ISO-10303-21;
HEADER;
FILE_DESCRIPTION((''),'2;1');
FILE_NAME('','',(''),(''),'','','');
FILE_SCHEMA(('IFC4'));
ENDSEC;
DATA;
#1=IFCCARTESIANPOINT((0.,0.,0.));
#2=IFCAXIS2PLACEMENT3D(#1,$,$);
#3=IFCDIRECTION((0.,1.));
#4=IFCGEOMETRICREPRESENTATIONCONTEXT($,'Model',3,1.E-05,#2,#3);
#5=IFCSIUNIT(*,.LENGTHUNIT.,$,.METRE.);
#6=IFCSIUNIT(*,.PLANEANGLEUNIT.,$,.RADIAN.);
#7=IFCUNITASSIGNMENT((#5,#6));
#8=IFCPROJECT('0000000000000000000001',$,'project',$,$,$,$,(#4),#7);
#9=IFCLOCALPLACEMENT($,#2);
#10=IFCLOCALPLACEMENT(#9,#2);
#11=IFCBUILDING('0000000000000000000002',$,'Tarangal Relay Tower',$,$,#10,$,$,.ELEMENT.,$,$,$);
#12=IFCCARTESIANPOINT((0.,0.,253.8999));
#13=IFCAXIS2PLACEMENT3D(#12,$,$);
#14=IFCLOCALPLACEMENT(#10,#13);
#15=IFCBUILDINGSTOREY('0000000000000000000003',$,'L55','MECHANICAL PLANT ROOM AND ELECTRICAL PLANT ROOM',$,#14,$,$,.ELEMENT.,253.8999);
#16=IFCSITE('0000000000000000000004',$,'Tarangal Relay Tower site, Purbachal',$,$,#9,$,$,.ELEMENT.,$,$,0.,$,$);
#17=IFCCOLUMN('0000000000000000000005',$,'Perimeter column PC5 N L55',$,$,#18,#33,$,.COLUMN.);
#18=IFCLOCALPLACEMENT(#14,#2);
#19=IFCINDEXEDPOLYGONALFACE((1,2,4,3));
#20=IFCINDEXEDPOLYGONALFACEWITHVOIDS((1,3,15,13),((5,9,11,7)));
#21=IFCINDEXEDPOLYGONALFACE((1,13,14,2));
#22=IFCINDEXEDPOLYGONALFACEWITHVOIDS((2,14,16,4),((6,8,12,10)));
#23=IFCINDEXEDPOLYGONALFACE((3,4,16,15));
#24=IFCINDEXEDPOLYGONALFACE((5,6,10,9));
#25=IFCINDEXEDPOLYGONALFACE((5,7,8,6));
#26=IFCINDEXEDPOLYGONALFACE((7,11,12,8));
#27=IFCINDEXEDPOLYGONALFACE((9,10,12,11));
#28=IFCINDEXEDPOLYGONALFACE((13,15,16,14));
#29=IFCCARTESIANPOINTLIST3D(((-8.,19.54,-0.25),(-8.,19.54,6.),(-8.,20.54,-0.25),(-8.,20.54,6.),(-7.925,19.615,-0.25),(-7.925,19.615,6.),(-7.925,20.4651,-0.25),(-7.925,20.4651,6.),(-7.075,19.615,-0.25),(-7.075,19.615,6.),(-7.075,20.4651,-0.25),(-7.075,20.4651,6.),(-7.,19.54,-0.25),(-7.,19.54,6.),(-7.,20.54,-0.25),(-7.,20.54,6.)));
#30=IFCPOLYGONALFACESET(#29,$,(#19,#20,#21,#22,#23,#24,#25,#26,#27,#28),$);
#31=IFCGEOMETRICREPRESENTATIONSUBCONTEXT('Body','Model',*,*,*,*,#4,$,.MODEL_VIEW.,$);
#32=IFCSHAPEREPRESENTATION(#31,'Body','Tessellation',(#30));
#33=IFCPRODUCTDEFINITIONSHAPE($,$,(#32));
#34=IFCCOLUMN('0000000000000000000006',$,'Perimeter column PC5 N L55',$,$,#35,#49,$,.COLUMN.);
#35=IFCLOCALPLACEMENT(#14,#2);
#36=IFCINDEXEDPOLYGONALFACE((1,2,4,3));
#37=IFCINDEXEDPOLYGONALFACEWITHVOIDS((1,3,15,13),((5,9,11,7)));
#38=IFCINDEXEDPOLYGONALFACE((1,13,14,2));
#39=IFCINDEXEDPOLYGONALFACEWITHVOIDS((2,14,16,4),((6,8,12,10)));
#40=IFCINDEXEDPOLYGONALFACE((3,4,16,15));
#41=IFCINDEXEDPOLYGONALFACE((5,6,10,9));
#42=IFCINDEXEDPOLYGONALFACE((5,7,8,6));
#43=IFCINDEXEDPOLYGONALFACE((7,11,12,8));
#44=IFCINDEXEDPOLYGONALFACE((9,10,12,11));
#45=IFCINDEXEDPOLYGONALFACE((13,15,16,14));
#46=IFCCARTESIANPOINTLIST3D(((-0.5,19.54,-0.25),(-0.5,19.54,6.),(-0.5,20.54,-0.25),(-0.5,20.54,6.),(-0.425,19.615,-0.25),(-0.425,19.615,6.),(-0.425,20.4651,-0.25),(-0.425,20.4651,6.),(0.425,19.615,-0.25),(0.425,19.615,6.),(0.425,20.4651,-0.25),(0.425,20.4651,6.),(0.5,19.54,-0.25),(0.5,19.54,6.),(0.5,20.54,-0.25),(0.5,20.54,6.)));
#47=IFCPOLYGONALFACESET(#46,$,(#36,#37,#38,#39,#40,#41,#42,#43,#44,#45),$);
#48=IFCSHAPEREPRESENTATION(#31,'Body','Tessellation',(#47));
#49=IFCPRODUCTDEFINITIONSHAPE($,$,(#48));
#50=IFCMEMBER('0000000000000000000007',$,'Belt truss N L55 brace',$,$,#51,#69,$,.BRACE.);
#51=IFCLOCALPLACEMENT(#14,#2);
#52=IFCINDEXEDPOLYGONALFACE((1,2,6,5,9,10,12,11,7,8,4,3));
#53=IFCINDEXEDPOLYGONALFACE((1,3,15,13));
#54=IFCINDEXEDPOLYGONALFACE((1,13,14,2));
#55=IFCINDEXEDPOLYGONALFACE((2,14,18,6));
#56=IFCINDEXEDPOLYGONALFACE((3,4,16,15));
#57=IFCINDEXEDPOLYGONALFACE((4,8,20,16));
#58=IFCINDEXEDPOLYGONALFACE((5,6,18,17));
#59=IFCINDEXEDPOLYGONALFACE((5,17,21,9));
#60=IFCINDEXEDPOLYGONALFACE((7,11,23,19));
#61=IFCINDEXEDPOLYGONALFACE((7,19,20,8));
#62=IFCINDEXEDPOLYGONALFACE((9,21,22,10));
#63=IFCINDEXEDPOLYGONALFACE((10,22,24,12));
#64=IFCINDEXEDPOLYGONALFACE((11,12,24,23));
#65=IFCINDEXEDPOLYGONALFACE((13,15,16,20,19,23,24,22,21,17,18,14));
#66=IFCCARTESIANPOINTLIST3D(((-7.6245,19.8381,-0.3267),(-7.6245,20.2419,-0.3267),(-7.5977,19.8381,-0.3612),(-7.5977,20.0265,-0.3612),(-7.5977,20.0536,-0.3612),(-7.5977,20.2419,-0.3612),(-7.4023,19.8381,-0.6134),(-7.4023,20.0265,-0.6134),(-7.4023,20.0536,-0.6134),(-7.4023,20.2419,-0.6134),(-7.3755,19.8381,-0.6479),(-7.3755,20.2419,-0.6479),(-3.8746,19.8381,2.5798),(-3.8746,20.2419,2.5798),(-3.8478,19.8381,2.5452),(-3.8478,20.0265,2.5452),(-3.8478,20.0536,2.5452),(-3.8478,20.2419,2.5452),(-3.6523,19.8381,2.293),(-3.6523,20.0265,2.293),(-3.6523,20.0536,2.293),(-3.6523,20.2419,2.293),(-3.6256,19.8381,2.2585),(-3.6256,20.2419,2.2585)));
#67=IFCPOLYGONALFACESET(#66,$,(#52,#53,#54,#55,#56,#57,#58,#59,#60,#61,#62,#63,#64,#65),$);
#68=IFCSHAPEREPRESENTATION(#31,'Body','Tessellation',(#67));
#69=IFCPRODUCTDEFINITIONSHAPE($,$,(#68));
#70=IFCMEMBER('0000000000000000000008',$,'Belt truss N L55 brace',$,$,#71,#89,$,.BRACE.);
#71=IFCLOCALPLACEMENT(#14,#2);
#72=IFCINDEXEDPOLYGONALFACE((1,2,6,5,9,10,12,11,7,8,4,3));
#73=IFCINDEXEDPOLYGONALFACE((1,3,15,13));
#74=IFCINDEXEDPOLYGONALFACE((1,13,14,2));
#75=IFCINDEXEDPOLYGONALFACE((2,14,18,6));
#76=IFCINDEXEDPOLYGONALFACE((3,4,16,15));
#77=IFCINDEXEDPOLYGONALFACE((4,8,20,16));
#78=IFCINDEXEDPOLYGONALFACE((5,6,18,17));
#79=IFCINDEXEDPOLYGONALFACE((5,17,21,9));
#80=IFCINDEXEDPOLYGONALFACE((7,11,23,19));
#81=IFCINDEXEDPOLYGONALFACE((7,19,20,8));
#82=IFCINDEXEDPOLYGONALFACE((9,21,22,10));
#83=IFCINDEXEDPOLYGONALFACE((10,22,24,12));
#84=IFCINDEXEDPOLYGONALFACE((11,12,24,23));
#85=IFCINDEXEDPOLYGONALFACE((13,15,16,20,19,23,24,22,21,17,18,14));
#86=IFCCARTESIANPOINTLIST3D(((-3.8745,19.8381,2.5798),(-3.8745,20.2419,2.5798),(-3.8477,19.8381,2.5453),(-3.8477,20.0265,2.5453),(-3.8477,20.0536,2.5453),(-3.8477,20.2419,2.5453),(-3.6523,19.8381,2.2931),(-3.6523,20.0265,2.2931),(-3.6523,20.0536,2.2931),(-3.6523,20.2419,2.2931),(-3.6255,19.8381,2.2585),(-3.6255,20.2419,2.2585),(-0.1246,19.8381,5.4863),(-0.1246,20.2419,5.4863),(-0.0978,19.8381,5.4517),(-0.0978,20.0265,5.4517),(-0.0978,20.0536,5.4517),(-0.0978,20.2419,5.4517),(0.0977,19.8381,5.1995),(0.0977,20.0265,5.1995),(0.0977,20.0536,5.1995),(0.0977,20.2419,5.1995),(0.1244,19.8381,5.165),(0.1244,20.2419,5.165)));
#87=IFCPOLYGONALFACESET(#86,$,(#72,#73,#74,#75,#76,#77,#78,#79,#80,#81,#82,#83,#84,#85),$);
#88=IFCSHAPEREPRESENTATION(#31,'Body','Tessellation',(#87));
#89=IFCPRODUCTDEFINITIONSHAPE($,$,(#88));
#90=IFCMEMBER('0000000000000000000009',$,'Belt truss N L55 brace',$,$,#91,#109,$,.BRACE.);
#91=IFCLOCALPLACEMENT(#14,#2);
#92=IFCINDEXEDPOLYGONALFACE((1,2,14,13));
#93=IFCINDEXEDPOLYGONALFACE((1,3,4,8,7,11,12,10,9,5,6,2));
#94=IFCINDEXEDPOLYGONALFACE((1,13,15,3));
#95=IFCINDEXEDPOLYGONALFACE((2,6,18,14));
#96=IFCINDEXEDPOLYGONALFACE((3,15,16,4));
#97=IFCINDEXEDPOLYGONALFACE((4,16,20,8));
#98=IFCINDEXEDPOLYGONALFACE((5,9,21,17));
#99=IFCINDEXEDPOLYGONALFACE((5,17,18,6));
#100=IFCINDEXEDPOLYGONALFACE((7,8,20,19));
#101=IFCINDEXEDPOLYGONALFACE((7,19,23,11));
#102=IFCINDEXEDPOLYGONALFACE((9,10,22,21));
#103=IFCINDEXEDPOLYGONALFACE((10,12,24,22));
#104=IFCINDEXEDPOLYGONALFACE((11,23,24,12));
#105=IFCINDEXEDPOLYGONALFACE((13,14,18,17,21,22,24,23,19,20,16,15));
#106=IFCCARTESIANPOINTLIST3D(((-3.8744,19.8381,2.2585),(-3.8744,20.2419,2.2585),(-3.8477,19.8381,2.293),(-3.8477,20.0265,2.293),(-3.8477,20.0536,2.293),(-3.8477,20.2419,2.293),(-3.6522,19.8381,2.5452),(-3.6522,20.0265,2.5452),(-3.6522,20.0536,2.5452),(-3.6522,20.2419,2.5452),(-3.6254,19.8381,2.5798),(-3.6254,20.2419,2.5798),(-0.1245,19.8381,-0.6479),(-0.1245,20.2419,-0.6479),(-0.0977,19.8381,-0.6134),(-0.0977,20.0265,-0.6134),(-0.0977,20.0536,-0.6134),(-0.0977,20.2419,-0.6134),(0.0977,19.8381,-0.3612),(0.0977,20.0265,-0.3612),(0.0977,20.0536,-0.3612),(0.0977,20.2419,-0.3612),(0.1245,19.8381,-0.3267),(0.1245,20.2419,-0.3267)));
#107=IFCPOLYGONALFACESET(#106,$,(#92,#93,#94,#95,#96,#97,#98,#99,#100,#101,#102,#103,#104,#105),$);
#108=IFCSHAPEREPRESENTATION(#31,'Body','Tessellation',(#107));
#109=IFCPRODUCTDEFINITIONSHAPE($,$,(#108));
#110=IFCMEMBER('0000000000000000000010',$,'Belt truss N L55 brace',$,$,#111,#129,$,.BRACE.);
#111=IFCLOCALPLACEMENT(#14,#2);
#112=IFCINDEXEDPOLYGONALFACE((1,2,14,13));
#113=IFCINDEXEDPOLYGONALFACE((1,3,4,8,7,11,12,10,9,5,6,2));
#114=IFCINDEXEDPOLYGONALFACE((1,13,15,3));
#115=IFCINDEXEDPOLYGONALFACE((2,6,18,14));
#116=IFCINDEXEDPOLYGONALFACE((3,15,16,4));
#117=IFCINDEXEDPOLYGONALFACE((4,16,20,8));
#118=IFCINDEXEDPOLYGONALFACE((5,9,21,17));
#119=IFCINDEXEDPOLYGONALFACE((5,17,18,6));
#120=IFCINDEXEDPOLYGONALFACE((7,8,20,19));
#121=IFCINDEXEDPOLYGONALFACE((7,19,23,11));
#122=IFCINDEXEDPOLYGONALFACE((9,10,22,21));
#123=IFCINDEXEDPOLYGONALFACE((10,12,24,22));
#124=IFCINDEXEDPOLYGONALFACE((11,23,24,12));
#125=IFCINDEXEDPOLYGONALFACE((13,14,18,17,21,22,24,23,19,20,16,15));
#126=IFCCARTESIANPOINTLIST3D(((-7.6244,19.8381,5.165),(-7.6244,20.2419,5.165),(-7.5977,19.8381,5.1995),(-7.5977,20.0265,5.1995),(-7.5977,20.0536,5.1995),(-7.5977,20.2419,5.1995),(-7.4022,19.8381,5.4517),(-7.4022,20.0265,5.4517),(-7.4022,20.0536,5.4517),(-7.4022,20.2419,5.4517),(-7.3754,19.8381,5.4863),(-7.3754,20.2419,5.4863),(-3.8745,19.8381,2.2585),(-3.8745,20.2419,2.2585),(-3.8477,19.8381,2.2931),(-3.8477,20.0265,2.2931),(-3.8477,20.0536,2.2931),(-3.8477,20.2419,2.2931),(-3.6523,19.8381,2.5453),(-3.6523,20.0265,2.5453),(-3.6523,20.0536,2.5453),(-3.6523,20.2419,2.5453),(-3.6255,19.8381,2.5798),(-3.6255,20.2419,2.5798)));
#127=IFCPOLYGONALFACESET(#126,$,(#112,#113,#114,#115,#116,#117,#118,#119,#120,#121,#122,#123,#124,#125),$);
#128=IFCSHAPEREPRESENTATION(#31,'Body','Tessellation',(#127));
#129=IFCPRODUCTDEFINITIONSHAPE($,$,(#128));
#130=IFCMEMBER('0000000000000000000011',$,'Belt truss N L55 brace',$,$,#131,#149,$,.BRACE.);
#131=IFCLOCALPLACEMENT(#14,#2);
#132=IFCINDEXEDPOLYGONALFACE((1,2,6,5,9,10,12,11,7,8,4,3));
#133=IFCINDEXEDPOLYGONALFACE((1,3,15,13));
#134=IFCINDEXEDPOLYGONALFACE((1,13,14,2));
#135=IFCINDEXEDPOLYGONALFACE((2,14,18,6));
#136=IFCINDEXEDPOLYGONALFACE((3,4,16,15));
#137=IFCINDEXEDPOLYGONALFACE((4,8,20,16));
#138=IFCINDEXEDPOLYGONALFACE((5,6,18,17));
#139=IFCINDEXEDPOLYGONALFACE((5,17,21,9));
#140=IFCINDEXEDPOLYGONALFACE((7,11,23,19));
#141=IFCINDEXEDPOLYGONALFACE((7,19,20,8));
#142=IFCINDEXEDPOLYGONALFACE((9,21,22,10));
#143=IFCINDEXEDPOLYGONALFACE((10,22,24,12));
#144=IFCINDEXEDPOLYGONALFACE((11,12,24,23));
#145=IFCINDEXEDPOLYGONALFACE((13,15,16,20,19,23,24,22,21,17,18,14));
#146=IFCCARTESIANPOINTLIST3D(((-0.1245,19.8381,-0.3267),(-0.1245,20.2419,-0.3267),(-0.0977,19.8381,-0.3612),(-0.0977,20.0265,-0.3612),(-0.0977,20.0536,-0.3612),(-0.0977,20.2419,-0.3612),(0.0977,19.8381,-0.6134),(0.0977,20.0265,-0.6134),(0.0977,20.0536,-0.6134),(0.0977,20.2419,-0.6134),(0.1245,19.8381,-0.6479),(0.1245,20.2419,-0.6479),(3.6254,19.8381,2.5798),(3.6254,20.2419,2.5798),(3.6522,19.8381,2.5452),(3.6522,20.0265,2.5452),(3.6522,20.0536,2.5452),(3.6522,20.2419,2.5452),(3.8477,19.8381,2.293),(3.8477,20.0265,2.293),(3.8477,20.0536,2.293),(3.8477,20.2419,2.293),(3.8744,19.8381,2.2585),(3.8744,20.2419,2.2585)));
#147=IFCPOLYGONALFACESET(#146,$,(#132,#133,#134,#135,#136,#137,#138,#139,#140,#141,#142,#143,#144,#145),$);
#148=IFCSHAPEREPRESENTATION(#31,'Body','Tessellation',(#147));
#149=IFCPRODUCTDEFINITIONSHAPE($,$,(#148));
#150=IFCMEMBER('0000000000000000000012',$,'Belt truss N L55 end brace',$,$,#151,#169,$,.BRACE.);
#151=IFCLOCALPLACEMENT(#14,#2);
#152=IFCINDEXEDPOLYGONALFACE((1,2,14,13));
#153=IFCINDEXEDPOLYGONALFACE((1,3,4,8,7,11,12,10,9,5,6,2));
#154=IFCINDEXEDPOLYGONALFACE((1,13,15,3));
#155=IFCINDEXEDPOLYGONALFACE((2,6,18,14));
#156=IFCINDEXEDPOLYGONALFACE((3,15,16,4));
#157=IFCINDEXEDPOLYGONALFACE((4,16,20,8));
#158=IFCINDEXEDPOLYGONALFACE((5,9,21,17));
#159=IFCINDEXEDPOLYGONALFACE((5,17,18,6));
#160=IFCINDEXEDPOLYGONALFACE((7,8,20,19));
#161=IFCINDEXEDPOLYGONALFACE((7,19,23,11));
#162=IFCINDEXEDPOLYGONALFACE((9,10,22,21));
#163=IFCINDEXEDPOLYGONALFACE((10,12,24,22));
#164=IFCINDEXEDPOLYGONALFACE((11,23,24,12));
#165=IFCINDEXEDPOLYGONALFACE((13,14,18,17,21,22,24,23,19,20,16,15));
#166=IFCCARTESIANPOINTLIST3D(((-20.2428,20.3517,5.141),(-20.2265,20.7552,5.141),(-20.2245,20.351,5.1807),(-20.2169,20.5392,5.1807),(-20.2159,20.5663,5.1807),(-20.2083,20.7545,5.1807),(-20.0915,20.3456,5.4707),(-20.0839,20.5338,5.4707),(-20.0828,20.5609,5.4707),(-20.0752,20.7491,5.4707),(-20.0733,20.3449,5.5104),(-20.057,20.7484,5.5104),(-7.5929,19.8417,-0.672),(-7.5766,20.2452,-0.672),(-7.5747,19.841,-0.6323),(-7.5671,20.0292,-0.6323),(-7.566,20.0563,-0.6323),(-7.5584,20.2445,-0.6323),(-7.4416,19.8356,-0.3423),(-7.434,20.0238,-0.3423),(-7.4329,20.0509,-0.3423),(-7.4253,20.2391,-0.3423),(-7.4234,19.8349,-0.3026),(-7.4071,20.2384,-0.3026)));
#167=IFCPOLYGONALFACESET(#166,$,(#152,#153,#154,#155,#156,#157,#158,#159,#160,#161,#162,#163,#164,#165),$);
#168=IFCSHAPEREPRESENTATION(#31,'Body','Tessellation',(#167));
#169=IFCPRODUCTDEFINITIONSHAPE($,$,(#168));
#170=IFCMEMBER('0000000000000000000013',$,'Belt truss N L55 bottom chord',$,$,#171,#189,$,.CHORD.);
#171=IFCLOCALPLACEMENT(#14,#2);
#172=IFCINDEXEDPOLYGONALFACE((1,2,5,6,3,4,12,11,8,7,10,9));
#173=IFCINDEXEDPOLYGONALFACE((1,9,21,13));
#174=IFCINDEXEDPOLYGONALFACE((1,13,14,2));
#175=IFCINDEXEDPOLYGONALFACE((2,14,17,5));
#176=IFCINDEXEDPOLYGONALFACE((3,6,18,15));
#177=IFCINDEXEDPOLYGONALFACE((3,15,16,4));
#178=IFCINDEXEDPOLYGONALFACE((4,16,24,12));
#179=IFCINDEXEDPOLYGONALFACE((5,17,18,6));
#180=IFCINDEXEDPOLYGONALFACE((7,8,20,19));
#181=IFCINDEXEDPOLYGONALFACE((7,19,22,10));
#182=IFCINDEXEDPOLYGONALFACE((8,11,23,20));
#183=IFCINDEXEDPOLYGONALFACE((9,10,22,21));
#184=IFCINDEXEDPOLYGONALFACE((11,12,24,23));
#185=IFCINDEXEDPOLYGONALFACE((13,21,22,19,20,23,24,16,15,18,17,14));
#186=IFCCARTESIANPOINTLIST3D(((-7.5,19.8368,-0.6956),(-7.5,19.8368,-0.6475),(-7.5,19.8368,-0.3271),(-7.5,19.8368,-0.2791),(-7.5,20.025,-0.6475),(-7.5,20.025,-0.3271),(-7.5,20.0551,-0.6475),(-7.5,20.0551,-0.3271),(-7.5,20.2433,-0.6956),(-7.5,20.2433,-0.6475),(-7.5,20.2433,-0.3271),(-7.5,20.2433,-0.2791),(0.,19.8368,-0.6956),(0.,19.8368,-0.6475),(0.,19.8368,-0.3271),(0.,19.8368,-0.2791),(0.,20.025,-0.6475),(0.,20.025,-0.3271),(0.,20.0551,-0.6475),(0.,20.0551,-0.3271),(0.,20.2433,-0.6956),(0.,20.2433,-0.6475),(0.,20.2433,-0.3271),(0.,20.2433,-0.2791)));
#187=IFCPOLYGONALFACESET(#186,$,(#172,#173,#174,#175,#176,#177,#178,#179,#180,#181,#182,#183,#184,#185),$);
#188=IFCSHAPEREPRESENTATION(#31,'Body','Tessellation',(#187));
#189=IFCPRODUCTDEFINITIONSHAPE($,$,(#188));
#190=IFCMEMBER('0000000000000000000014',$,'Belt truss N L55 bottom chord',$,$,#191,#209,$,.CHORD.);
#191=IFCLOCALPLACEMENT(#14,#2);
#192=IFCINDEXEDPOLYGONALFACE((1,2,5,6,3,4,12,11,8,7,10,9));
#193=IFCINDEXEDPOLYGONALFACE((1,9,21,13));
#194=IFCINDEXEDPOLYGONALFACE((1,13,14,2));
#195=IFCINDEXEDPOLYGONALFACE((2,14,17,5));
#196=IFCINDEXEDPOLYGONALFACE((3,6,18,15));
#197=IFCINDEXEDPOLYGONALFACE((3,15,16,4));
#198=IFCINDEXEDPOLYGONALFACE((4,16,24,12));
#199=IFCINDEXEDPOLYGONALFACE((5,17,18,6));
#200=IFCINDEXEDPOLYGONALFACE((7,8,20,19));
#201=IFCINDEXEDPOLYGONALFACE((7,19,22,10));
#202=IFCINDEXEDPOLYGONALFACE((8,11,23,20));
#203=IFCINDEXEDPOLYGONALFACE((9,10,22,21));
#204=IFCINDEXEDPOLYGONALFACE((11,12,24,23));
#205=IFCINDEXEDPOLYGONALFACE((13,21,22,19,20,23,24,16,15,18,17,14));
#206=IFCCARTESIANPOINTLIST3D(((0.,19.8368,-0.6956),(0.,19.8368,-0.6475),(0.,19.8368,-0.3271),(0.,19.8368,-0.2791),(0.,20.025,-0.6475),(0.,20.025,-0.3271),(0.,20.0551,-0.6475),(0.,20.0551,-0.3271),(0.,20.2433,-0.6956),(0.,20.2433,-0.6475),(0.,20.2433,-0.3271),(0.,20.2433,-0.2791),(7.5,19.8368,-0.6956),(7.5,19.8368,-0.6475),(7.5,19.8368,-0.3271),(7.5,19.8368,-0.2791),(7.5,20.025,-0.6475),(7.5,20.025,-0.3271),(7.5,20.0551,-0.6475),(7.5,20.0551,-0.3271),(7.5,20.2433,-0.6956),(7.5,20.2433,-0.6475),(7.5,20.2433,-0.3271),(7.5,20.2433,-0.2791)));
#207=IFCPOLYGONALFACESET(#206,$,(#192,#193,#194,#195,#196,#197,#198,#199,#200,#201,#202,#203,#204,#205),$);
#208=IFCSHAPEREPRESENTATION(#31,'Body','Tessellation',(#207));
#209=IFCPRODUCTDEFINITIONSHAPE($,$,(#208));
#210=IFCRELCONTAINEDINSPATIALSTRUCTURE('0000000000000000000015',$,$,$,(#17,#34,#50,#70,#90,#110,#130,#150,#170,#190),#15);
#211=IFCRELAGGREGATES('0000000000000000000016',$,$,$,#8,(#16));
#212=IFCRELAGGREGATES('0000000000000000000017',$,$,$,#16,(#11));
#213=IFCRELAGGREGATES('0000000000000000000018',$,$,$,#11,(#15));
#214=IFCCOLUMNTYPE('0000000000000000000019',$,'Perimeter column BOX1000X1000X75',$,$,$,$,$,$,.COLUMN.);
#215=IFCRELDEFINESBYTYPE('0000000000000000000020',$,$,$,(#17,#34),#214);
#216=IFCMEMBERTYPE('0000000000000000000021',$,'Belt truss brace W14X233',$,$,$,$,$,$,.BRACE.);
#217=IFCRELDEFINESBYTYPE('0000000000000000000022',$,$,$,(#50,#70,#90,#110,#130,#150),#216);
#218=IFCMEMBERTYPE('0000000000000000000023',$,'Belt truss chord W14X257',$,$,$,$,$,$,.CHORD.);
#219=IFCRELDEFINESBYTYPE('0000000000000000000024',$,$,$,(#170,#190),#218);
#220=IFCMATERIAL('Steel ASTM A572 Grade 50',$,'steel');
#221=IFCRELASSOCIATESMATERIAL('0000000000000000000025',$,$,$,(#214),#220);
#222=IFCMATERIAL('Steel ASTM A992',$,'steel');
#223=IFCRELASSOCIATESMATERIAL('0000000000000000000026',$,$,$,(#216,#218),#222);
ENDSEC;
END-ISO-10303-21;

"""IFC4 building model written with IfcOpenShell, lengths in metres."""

from ifc_helpers import new_model, si_unit, direction, frame, origin, origin_2d, place, context, subcontext, project, spatial, hollow_rectangle, i_section, extrude, material, material_profile, profile_set, type_object, element, save


model = new_model("IFC4")

# Units and contexts
model_context = context("Model", 3, precision=1e-05, world=origin(), true_north=direction((0.0, 1.0)))
body_context = subcontext(model_context, "Body", "Model", "MODEL_VIEW")
ifc_project = project(units=[si_unit("LENGTHUNIT", "METRE"), si_unit("PLANEANGLEUNIT", "RADIAN")], contexts=[model_context])

# Site, building, storey
site_placement = place(None, origin())
site = spatial("IfcSite", under=ifc_project, at=site_placement, Name="Tarangal Relay Tower site, Purbachal", CompositionType="ELEMENT", RefElevation=0.0)
building_placement = place(site_placement, origin())
building = spatial("IfcBuilding", under=site, at=building_placement, Name="Tarangal Relay Tower", CompositionType="ELEMENT")
storey_placement = place(building_placement, frame((0.0, 0.0, 253.8999)))
storey = spatial("IfcBuildingStorey", under=building, at=storey_placement, Name="L55", Description="MECHANICAL PLANT ROOM AND ELECTRICAL PLANT ROOM", CompositionType="ELEMENT", Elevation=253.8999)

# Columns
ifc_material_1 = material(Name="Steel ASTM A572 Grade 50", Category="steel")
ifc_material_profile_1 = material_profile(ifc_material_1, hollow_rectangle(XDim=1.0, YDim=1.0, WallThickness=0.075, at=origin_2d()), Name="BOX1000X1000X75")
ifc_profile_set_1 = profile_set([ifc_material_profile_1], Name="Steel ASTM A572 Grade 50")
column_type = type_object("IfcColumnType", Name="Perimeter column BOX1000X1000X75", PredefinedType="COLUMN", material=ifc_profile_set_1)
for number, where, z_axis, x_axis, name in (
    (1, (-7.5, 20.04, -0.25), (0.0, 0.0, 1.0), (1.0, 0.0, 0.0), "Perimeter column PC5 N L55"),
    (2, (0.0, 20.04, -0.25), (0.0, 0.0, 1.0), (1.0, 0.0, 0.0), "Perimeter column PC5 N L55"),
):
    element("IfcColumn", number, at=place(storey_placement, frame(where, z_axis=z_axis, x_axis=x_axis)), inside=storey, type_object=column_type, Name=name, PredefinedType="COLUMN", context=body_context, shape_type="SweptSolid", body=[
        extrude(hollow_rectangle(XDim=1.0, YDim=1.0, WallThickness=0.075, at=origin_2d()), origin(), (0.0, 0.0, 1.0), 6.25),
    ])

# Members
ifc_material_2 = material(Name="Steel ASTM A992", Category="steel")
ifc_material_profile_2 = material_profile(ifc_material_2, i_section(OverallWidth=0.4038, OverallDepth=0.4065, WebThickness=0.0271, FlangeThickness=0.0437, at=origin_2d()), Name="W14X233")
ifc_profile_set_2 = profile_set([ifc_material_profile_2], Name="Steel ASTM A992")
member_type_1 = type_object("IfcMemberType", Name="Belt truss brace W14X233", PredefinedType="BRACE", material=ifc_profile_set_2)
for number, where, z_axis, x_axis, name in (
    (3, (-7.5, 20.04, -0.4873), (0.79039, 0.0, 0.612604), (0.0, 1.0, 0.0), "Belt truss N L55 brace"),
    (4, (-3.75, 20.04, 2.4192), (0.79039, 0.0, 0.612604), (0.0, 1.0, 0.0), "Belt truss N L55 brace"),
    (5, (0.0, 20.04, -0.4873), (-0.79039, 0.0, 0.612604), (0.0, -1.0, 0.0), "Belt truss N L55 brace"),
    (6, (-3.75, 20.04, 2.4192), (-0.79039, 0.0, 0.612604), (0.0, -1.0, 0.0), "Belt truss N L55 brace"),
    (7, (0.0, 20.04, -0.4873), (0.79039, 0.0, 0.612604), (0.0, 1.0, 0.0), "Belt truss N L55 brace"),
):
    element("IfcMember", number, at=place(storey_placement, frame(where, z_axis=z_axis, x_axis=x_axis)), inside=storey, type_object=member_type_1, Name=name, PredefinedType="BRACE", context=body_context, shape_type="SweptSolid", body=[
        extrude(i_section(OverallWidth=0.4038, OverallDepth=0.4065, WebThickness=0.0271, FlangeThickness=0.0437, at=origin_2d()), origin(), (0.0, 0.0, 1.0), 4.7444),
    ])
member_1_placement = place(storey_placement, frame((-7.5, 20.04, -0.4873), z_axis=(-0.908044, 0.03661, 0.417272), x_axis=(-0.040285, -0.999188, 0.0)))
element("IfcMember", 8, at=member_1_placement, inside=storey, type_object=member_type_1, Name="Belt truss N L55 end brace", PredefinedType="BRACE", context=body_context, shape_type="SweptSolid", body=[
    extrude(i_section(OverallWidth=0.4038, OverallDepth=0.4065, WebThickness=0.0271, FlangeThickness=0.0437, at=origin_2d()), origin(), (0.0, 0.0, 1.0), 13.9309),
])
ifc_material_profile_3 = material_profile(ifc_material_2, i_section(OverallWidth=0.4065, OverallDepth=0.4165, WebThickness=0.03, FlangeThickness=0.0481, at=origin_2d()), Name="W14X257")
ifc_profile_set_3 = profile_set([ifc_material_profile_3], Name="Steel ASTM A992")
member_type_2 = type_object("IfcMemberType", Name="Belt truss chord W14X257", PredefinedType="CHORD", material=ifc_profile_set_3)
for number, where, z_axis, x_axis, name in (
    (9, (-7.5, 20.04, -0.4873), (1.0, 0.0, 0.0), (0.0, 1.0, 0.0), "Belt truss N L55 bottom chord"),
    (10, (0.0, 20.04, -0.4873), (1.0, 0.0, 0.0), (0.0, 1.0, 0.0), "Belt truss N L55 bottom chord"),
):
    element("IfcMember", number, at=place(storey_placement, frame(where, z_axis=z_axis, x_axis=x_axis)), inside=storey, type_object=member_type_2, Name=name, PredefinedType="CHORD", context=body_context, shape_type="SweptSolid", body=[
        extrude(i_section(OverallWidth=0.4065, OverallDepth=0.4165, WebThickness=0.03, FlangeThickness=0.0481, at=origin_2d()), origin(), (0.0, 0.0, 1.0), 7.5),
    ])

save(model, "model.ifc")
